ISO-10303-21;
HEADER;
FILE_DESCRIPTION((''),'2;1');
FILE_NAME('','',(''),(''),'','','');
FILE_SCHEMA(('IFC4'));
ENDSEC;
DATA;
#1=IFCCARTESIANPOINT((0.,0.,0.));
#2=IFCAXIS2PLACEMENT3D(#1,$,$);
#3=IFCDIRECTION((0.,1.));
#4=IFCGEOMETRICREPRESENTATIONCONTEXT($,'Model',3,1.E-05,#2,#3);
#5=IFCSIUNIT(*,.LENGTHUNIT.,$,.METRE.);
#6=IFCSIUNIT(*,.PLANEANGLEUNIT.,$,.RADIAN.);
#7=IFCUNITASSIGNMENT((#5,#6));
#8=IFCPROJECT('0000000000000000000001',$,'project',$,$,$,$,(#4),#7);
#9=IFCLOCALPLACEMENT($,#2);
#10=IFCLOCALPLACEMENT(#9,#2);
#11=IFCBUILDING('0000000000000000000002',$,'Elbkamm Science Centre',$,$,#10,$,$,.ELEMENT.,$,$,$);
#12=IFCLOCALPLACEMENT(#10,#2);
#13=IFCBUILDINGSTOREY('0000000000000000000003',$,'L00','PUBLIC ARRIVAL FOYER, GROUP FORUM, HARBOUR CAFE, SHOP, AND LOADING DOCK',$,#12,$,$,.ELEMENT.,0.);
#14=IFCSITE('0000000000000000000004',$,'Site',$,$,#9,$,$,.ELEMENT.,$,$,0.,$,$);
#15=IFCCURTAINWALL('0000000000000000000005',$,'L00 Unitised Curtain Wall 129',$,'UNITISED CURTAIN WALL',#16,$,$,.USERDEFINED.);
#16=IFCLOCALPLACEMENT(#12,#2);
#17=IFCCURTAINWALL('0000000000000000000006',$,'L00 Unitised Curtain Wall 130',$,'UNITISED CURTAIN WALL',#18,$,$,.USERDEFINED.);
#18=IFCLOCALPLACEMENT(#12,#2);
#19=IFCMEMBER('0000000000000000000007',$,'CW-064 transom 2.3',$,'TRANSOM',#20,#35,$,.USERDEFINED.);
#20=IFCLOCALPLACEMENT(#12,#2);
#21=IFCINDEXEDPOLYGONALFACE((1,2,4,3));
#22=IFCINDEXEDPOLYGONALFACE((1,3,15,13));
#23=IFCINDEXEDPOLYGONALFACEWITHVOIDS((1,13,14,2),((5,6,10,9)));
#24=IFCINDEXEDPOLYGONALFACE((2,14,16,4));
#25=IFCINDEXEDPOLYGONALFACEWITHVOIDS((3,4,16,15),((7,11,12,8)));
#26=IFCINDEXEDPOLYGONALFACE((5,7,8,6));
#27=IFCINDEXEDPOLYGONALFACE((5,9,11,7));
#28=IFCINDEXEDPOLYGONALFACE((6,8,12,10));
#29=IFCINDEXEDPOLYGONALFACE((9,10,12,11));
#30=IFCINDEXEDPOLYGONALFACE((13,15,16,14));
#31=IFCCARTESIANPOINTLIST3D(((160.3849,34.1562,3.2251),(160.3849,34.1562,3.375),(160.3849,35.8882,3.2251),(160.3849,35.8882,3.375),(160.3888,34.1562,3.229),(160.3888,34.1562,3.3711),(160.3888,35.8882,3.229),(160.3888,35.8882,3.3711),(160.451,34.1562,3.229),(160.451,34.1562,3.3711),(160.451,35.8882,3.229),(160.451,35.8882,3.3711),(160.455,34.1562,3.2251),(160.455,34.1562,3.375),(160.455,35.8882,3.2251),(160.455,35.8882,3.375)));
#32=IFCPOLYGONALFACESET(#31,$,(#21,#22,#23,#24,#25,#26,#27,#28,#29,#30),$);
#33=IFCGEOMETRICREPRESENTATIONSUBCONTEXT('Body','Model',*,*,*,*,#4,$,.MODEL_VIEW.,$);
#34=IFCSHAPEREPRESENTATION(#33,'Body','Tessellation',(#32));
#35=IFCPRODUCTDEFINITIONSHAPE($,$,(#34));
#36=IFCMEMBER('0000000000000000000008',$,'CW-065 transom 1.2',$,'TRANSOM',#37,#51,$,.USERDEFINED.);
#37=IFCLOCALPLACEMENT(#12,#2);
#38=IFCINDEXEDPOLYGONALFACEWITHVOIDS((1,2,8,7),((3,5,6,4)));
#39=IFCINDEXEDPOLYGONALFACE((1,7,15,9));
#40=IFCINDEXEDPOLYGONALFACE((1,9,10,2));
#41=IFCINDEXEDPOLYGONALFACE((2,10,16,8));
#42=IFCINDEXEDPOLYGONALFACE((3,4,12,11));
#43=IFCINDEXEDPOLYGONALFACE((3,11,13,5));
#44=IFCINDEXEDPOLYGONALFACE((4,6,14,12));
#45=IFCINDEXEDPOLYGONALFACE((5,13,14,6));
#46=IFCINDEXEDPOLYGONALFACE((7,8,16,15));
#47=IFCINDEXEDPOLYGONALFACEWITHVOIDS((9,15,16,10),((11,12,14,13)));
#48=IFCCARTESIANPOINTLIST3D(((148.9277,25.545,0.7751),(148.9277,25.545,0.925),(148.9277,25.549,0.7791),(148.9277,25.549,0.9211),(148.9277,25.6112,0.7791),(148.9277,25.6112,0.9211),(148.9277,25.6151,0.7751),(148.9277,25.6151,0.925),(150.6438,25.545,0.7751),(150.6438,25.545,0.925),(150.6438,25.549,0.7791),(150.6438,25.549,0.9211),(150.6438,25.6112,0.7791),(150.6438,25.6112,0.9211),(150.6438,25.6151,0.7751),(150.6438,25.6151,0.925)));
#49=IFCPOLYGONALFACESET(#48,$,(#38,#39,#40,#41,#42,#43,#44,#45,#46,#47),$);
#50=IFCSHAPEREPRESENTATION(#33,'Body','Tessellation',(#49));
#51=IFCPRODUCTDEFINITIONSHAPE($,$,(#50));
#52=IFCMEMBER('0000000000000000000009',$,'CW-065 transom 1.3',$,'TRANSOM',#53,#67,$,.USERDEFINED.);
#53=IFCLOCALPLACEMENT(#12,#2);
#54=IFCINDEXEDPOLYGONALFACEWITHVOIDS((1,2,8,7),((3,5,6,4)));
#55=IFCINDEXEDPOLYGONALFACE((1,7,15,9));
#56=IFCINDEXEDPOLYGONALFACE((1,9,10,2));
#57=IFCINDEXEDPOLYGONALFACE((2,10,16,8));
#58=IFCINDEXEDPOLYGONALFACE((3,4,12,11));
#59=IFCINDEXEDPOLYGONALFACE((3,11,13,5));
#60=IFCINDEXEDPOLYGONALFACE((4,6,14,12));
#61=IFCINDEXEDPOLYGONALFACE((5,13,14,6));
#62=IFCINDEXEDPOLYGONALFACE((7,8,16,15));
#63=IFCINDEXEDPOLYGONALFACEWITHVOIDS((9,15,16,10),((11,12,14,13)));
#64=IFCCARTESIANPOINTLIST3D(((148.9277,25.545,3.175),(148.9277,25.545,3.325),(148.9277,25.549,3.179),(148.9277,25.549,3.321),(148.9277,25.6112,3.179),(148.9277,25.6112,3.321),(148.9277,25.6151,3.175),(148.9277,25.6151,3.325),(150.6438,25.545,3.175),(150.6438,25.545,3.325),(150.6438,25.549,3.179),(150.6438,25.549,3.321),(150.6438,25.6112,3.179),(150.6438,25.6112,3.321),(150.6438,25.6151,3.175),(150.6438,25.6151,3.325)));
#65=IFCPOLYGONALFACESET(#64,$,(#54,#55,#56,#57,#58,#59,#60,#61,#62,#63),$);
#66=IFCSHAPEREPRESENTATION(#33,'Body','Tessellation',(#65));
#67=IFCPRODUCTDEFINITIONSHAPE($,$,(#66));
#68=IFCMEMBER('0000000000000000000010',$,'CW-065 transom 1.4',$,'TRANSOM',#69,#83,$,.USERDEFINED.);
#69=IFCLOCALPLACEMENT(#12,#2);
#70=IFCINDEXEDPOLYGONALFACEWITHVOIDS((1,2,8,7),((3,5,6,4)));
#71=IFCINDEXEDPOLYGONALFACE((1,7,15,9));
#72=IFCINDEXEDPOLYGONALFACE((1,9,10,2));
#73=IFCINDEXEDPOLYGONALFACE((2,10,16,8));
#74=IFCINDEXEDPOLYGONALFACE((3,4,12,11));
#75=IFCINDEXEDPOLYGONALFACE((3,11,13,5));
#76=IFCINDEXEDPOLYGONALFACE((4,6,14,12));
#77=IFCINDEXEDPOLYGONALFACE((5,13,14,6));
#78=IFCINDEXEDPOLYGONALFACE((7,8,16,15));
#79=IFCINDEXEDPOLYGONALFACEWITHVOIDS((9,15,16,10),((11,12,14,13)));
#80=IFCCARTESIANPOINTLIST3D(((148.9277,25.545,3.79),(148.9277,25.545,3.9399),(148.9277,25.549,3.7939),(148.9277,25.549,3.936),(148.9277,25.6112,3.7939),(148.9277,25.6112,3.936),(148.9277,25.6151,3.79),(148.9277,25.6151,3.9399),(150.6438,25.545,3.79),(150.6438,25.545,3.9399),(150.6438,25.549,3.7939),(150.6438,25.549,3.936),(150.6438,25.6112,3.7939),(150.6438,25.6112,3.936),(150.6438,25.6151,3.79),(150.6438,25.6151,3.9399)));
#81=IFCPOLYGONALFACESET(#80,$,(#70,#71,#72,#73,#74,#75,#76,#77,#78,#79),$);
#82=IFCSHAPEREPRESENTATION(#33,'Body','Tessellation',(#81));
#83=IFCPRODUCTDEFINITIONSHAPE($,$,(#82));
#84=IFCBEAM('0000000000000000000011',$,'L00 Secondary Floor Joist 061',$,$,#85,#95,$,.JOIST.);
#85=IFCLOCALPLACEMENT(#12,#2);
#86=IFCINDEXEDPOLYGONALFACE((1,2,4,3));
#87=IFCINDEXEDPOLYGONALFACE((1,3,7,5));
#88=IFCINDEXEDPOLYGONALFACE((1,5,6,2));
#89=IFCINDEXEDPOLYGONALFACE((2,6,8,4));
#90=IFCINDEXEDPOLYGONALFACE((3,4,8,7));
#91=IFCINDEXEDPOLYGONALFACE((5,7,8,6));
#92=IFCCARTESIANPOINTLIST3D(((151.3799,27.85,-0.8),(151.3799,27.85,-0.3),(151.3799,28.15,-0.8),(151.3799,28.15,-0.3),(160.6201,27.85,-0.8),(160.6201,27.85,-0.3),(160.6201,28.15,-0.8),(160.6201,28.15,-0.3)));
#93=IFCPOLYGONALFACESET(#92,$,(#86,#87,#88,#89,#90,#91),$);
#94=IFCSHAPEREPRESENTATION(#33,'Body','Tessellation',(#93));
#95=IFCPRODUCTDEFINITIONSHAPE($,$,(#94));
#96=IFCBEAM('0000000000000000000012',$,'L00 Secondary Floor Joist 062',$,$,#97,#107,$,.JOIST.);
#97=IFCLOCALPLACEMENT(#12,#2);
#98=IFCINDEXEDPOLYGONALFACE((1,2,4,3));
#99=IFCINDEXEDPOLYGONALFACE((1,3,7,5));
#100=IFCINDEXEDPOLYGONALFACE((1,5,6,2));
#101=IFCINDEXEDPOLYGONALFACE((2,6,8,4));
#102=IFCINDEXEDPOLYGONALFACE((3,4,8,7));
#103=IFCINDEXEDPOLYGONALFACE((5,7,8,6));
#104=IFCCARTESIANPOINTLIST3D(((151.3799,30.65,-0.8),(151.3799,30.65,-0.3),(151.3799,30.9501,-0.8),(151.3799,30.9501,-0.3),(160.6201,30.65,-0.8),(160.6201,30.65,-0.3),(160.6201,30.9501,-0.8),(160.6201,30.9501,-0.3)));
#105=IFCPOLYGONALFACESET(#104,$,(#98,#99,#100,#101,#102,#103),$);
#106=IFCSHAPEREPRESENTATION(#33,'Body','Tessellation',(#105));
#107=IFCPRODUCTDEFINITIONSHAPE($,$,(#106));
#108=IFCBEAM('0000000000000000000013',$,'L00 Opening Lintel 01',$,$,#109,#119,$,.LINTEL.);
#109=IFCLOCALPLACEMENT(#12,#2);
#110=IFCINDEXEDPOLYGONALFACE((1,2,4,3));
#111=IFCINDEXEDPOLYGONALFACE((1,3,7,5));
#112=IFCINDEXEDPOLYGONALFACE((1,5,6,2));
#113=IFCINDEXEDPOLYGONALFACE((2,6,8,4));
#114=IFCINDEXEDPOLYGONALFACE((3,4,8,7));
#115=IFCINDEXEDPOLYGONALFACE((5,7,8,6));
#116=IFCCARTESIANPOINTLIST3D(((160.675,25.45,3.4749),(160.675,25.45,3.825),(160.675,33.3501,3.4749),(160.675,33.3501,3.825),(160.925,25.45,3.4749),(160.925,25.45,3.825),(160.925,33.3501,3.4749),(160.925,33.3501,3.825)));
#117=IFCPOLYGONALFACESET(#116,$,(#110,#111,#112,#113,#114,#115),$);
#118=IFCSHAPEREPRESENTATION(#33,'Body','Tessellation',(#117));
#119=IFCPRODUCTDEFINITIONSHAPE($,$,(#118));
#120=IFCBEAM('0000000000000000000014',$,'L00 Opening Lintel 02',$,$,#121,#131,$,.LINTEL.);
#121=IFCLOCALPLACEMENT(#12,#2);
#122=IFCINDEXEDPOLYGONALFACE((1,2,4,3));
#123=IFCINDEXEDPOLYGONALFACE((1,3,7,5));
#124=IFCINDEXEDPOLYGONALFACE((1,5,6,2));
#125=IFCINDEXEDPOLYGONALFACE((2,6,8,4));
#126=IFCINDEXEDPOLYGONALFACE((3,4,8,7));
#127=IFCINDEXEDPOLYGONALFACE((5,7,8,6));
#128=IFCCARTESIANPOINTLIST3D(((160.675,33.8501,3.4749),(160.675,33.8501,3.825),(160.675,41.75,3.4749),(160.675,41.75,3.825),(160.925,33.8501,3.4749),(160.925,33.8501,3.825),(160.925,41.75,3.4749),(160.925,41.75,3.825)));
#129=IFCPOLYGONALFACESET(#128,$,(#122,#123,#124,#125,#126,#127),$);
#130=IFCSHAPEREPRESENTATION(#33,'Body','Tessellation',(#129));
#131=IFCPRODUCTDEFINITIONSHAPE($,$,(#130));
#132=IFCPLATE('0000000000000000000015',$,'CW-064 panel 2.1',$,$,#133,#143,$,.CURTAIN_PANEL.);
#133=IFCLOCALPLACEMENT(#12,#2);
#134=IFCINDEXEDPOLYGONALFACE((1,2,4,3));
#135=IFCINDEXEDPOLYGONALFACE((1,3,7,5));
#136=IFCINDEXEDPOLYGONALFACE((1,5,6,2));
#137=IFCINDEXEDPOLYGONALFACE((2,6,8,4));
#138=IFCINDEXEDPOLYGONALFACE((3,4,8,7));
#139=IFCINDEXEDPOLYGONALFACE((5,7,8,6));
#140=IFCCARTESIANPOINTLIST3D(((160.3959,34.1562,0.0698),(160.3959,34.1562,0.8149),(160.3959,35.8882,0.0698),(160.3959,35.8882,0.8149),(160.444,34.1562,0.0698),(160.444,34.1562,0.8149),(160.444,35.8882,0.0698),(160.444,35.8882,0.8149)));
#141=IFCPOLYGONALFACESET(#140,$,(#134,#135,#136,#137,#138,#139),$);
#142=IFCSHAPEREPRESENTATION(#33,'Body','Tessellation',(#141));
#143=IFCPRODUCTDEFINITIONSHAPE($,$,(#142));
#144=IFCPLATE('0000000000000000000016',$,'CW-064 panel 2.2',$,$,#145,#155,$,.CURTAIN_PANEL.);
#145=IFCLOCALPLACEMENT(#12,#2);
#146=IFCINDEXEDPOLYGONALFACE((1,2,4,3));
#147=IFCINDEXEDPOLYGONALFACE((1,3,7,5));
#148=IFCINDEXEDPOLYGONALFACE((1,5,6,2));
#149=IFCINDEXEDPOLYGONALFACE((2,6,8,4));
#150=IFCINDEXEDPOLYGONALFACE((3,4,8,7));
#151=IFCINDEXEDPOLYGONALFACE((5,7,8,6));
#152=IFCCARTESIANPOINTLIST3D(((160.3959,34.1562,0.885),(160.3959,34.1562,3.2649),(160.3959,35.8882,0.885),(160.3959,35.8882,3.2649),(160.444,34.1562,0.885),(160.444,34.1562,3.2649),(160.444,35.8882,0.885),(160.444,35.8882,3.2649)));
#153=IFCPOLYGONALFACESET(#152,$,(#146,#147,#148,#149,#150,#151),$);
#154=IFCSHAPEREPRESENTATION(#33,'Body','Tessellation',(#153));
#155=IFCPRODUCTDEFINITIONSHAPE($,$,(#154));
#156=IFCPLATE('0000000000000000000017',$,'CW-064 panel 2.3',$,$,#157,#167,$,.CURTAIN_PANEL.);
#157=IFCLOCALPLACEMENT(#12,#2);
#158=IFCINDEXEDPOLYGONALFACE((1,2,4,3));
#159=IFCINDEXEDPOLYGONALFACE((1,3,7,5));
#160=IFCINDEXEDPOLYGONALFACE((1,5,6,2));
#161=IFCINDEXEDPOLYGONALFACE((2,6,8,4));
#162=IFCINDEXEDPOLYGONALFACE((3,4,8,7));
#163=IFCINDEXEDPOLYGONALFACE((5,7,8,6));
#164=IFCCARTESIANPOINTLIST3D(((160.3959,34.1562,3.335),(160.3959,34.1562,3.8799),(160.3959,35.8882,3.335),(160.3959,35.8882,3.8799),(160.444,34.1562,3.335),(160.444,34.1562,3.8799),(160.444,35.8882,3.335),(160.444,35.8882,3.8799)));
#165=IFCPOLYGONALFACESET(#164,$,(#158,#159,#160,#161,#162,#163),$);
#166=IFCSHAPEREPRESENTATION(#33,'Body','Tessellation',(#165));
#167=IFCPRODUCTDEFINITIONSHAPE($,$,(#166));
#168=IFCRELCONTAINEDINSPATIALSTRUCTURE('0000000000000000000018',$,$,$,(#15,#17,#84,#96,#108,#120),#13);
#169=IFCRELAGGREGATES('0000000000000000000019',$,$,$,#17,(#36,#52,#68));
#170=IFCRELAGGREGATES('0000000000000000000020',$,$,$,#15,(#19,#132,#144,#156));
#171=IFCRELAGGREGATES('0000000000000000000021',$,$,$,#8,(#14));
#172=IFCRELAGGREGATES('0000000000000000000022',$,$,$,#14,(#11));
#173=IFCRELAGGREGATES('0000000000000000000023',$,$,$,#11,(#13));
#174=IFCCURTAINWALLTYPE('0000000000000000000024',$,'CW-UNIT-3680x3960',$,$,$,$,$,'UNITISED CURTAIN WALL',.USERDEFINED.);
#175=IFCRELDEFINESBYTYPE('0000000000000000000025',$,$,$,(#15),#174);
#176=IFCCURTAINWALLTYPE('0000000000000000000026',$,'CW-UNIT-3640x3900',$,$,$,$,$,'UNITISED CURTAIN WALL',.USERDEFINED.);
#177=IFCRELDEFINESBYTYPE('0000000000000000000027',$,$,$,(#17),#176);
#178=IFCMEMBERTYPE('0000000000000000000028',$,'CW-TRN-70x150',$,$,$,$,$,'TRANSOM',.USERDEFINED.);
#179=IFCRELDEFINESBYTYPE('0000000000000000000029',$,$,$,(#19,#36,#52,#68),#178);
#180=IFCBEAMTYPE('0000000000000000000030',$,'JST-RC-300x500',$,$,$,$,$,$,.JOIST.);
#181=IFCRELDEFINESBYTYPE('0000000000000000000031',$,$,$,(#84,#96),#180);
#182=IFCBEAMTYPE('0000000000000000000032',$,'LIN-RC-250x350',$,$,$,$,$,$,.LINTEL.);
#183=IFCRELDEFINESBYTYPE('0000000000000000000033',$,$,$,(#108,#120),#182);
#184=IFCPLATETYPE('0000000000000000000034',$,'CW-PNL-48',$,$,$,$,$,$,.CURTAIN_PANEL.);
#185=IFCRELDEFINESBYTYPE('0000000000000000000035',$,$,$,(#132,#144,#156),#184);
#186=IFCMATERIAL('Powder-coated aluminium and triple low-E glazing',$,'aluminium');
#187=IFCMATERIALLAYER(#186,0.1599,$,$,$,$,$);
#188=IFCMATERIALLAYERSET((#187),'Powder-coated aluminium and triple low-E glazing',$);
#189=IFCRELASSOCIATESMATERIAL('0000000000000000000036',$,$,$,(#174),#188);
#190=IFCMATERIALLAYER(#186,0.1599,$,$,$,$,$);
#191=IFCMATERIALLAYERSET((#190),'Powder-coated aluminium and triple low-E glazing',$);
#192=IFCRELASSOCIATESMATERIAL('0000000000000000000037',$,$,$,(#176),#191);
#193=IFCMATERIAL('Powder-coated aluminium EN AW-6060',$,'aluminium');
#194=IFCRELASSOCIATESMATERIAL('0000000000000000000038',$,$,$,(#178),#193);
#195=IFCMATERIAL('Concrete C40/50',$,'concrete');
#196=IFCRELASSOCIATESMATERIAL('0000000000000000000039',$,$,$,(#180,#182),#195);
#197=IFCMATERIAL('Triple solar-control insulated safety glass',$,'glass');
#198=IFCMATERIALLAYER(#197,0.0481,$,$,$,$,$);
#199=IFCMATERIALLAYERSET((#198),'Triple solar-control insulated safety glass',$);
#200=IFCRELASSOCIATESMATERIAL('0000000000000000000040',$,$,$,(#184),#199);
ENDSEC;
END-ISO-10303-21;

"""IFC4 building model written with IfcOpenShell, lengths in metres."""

from ifc_helpers import new_model, si_unit, direction, frame, origin, origin_2d, place, context, subcontext, project, spatial, rectangle, hollow_rectangle, extrude, material, layer, layer_set, material_profile, profile_set, type_object, element, aggregate, save


model = new_model("IFC4")

# Units and contexts
model_context = context("Model", 3, precision=1e-05, world=origin(), true_north=direction((0.0, 1.0)))
body_context = subcontext(model_context, "Body", "Model", "MODEL_VIEW")
ifc_project = project(units=[si_unit("LENGTHUNIT", "METRE"), si_unit("PLANEANGLEUNIT", "RADIAN")], contexts=[model_context])

# Site, building, storey
site_placement = place(None, origin())
site = spatial("IfcSite", under=ifc_project, at=site_placement, Name="Site", CompositionType="ELEMENT", RefElevation=0.0)
building_placement = place(site_placement, origin())
building = spatial("IfcBuilding", under=site, at=building_placement, Name="Elbkamm Science Centre", CompositionType="ELEMENT")
storey_placement = place(building_placement, origin())
storey = spatial("IfcBuildingStorey", under=building, at=storey_placement, Name="L00", Description="PUBLIC ARRIVAL FOYER, GROUP FORUM, HARBOUR CAFE, SHOP, AND LOADING DOCK", CompositionType="ELEMENT", Elevation=0.0)

# Shared definitions
ifc_material_1 = material(Name="Concrete C40/50", Category="concrete")

# Curtain walls
ifc_material_2 = material(Name="Powder-coated aluminium and triple low-E glazing", Category="aluminium")
ifc_layer_1 = layer(ifc_material_2, 0.1599)
ifc_layer_set_1 = layer_set([ifc_layer_1], Name="Powder-coated aluminium and triple low-E glazing")
curtain_wall_type_1 = type_object("IfcCurtainWallType", Name="CW-UNIT-3680x3960", ElementType="UNITISED CURTAIN WALL", PredefinedType="USERDEFINED", material=ifc_layer_set_1)
curtain_wall_1_placement = place(storey_placement, origin())
curtain_wall_1 = element("IfcCurtainWall", 1, at=curtain_wall_1_placement, inside=storey, type_object=curtain_wall_type_1, Name="L00 Unitised Curtain Wall 129", ObjectType="UNITISED CURTAIN WALL", PredefinedType="USERDEFINED")
ifc_material_3 = material(Name="Powder-coated aluminium EN AW-6060", Category="aluminium")
ifc_layer_2 = layer(ifc_material_2, 0.1599)
ifc_layer_set_2 = layer_set([ifc_layer_2], Name="Powder-coated aluminium and triple low-E glazing")
curtain_wall_type_2 = type_object("IfcCurtainWallType", Name="CW-UNIT-3640x3900", ElementType="UNITISED CURTAIN WALL", PredefinedType="USERDEFINED", material=ifc_layer_set_2)
curtain_wall_2_placement = place(storey_placement, origin())
curtain_wall_2 = element("IfcCurtainWall", 2, at=curtain_wall_2_placement, inside=storey, type_object=curtain_wall_type_2, Name="L00 Unitised Curtain Wall 130", ObjectType="UNITISED CURTAIN WALL", PredefinedType="USERDEFINED")

# Members
ifc_material_profile_1 = material_profile(ifc_material_3, hollow_rectangle(XDim=0.0701, YDim=0.1499, WallThickness=0.0039, at=origin_2d()), Name="ALU T70x150")
ifc_profile_set_1 = profile_set([ifc_material_profile_1], Name="Powder-coated aluminium EN AW-6060")
member_type_1 = type_object("IfcMemberType", Name="CW-TRN-70x150", ElementType="TRANSOM", PredefinedType="USERDEFINED", material=ifc_profile_set_1)
member_1_placement = place(storey_placement, frame((160.4199, 35.8882, 3.3), z_axis=(0.0, -1.0, 0.0), x_axis=(1.0, 0.0, 0.0)))
member_1 = element("IfcMember", 3, at=member_1_placement, type_object=member_type_1, Name="CW-064 transom 2.3", ObjectType="TRANSOM", PredefinedType="USERDEFINED", context=body_context, shape_type="SweptSolid", body=[
    extrude(hollow_rectangle(XDim=0.0701, YDim=0.1499, WallThickness=0.0039, at=origin_2d()), origin(), (0.0, 0.0, 1.0), 1.7319),
])
member_2_placement = place(storey_placement, frame((150.6438, 25.5801, 0.8501), z_axis=(-1.0, 0.0, 0.0), x_axis=(0.0, -1.0, 0.0)))
member_2 = element("IfcMember", 4, at=member_2_placement, type_object=member_type_1, Name="CW-065 transom 1.2", ObjectType="TRANSOM", PredefinedType="USERDEFINED", context=body_context, shape_type="SweptSolid", body=[
    extrude(hollow_rectangle(XDim=0.0701, YDim=0.1499, WallThickness=0.0039, at=origin_2d()), origin(), (0.0, 0.0, 1.0), 1.7161),
])
member_3_placement = place(storey_placement, frame((150.6438, 25.5801, 3.25), z_axis=(-1.0, 0.0, 0.0), x_axis=(0.0, -1.0, 0.0)))
member_3 = element("IfcMember", 5, at=member_3_placement, type_object=member_type_1, Name="CW-065 transom 1.3", ObjectType="TRANSOM", PredefinedType="USERDEFINED", context=body_context, shape_type="SweptSolid", body=[
    extrude(hollow_rectangle(XDim=0.0701, YDim=0.1499, WallThickness=0.0039, at=origin_2d()), origin(), (0.0, 0.0, 1.0), 1.7161),
])
member_4_placement = place(storey_placement, frame((150.6438, 25.5801, 3.865), z_axis=(-1.0, 0.0, 0.0), x_axis=(0.0, -1.0, 0.0)))
member_4 = element("IfcMember", 6, at=member_4_placement, type_object=member_type_1, Name="CW-065 transom 1.4", ObjectType="TRANSOM", PredefinedType="USERDEFINED", context=body_context, shape_type="SweptSolid", body=[
    extrude(hollow_rectangle(XDim=0.0701, YDim=0.1499, WallThickness=0.0039, at=origin_2d()), origin(), (0.0, 0.0, 1.0), 1.7161),
])
aggregate(curtain_wall_2, [member_2, member_3, member_4])

# Beams
ifc_material_profile_2 = material_profile(ifc_material_1, rectangle(XDim=0.3, YDim=0.5, at=origin_2d()), Name="RC 300x500")
ifc_profile_set_2 = profile_set([ifc_material_profile_2], Name="Concrete C40/50")
beam_type_1 = type_object("IfcBeamType", Name="JST-RC-300x500", PredefinedType="JOIST", material=ifc_profile_set_2)
for number, where, z_axis, x_axis, name in (
    (7, (151.3799, 28.0, -0.55), (1.0, 0.0, 0.0), (0.0, 1.0, 0.0), "L00 Secondary Floor Joist 061"),
    (8, (151.3799, 30.8, -0.55), (1.0, 0.0, 0.0), (0.0, 1.0, 0.0), "L00 Secondary Floor Joist 062"),
):
    element("IfcBeam", number, at=place(storey_placement, frame(where, z_axis=z_axis, x_axis=x_axis)), inside=storey, type_object=beam_type_1, Name=name, PredefinedType="JOIST", context=body_context, shape_type="SweptSolid", body=[
        extrude(rectangle(XDim=0.3, YDim=0.5, at=origin_2d()), origin(), (0.0, 0.0, 1.0), 9.2402),
    ])
ifc_material_profile_3 = material_profile(ifc_material_1, rectangle(XDim=0.25, YDim=0.3501, at=origin_2d()), Name="RC 250x350")
ifc_profile_set_3 = profile_set([ifc_material_profile_3], Name="Concrete C40/50")
beam_type_2 = type_object("IfcBeamType", Name="LIN-RC-250x350", PredefinedType="LINTEL", material=ifc_profile_set_3)
beam_1_placement = place(storey_placement, frame((160.8, 25.45, 3.6499), z_axis=(0.0, 1.0, 0.0), x_axis=(-1.0, 0.0, 0.0)))
element("IfcBeam", 9, at=beam_1_placement, inside=storey, type_object=beam_type_2, Name="L00 Opening Lintel 01", PredefinedType="LINTEL", context=body_context, shape_type="SweptSolid", body=[
    extrude(rectangle(XDim=0.25, YDim=0.3501, at=origin_2d()), origin(), (0.0, 0.0, 1.0), 7.9001),
])
beam_2_placement = place(storey_placement, frame((160.8, 33.8501, 3.6499), z_axis=(0.0, 1.0, 0.0), x_axis=(-1.0, 0.0, 0.0)))
element("IfcBeam", 10, at=beam_2_placement, inside=storey, type_object=beam_type_2, Name="L00 Opening Lintel 02", PredefinedType="LINTEL", context=body_context, shape_type="SweptSolid", body=[
    extrude(rectangle(XDim=0.25, YDim=0.3501, at=origin_2d()), origin(), (0.0, 0.0, 1.0), 7.8999),
])

# Plates
ifc_material_4 = material(Name="Triple solar-control insulated safety glass", Category="glass")
ifc_layer_3 = layer(ifc_material_4, 0.0481)
ifc_layer_set_3 = layer_set([ifc_layer_3], Name="Triple solar-control insulated safety glass")
plate_type = type_object("IfcPlateType", Name="CW-PNL-48", PredefinedType="CURTAIN_PANEL", material=ifc_layer_set_3)
plate_1_placement = place(storey_placement, frame((160.4199, 35.0222, 0.0698), z_axis=(0.0, 0.0, 1.0), x_axis=(0.0, -1.0, 0.0)))
plate_1 = element("IfcPlate", 11, at=plate_1_placement, type_object=plate_type, Name="CW-064 panel 2.1", PredefinedType="CURTAIN_PANEL", context=body_context, shape_type="SweptSolid", body=[
    extrude(rectangle(XDim=1.7319, YDim=0.0481, at=origin_2d()), origin(), (0.0, 0.0, 1.0), 0.7451),
])
plate_2_placement = place(storey_placement, frame((160.4199, 35.0222, 0.885), z_axis=(0.0, 0.0, 1.0), x_axis=(0.0, -1.0, 0.0)))
plate_2 = element("IfcPlate", 12, at=plate_2_placement, type_object=plate_type, Name="CW-064 panel 2.2", PredefinedType="CURTAIN_PANEL", context=body_context, shape_type="SweptSolid", body=[
    extrude(rectangle(XDim=1.7319, YDim=0.0481, at=origin_2d()), origin(), (0.0, 0.0, 1.0), 2.3799),
])
plate_3_placement = place(storey_placement, frame((160.4199, 35.0222, 3.335), z_axis=(0.0, 0.0, 1.0), x_axis=(0.0, -1.0, 0.0)))
plate_3 = element("IfcPlate", 13, at=plate_3_placement, type_object=plate_type, Name="CW-064 panel 2.3", PredefinedType="CURTAIN_PANEL", context=body_context, shape_type="SweptSolid", body=[
    extrude(rectangle(XDim=1.7319, YDim=0.0481, at=origin_2d()), origin(), (0.0, 0.0, 1.0), 0.5449),
])
aggregate(curtain_wall_1, [member_1, plate_1, plate_2, plate_3])

save(model, "model.ifc")
